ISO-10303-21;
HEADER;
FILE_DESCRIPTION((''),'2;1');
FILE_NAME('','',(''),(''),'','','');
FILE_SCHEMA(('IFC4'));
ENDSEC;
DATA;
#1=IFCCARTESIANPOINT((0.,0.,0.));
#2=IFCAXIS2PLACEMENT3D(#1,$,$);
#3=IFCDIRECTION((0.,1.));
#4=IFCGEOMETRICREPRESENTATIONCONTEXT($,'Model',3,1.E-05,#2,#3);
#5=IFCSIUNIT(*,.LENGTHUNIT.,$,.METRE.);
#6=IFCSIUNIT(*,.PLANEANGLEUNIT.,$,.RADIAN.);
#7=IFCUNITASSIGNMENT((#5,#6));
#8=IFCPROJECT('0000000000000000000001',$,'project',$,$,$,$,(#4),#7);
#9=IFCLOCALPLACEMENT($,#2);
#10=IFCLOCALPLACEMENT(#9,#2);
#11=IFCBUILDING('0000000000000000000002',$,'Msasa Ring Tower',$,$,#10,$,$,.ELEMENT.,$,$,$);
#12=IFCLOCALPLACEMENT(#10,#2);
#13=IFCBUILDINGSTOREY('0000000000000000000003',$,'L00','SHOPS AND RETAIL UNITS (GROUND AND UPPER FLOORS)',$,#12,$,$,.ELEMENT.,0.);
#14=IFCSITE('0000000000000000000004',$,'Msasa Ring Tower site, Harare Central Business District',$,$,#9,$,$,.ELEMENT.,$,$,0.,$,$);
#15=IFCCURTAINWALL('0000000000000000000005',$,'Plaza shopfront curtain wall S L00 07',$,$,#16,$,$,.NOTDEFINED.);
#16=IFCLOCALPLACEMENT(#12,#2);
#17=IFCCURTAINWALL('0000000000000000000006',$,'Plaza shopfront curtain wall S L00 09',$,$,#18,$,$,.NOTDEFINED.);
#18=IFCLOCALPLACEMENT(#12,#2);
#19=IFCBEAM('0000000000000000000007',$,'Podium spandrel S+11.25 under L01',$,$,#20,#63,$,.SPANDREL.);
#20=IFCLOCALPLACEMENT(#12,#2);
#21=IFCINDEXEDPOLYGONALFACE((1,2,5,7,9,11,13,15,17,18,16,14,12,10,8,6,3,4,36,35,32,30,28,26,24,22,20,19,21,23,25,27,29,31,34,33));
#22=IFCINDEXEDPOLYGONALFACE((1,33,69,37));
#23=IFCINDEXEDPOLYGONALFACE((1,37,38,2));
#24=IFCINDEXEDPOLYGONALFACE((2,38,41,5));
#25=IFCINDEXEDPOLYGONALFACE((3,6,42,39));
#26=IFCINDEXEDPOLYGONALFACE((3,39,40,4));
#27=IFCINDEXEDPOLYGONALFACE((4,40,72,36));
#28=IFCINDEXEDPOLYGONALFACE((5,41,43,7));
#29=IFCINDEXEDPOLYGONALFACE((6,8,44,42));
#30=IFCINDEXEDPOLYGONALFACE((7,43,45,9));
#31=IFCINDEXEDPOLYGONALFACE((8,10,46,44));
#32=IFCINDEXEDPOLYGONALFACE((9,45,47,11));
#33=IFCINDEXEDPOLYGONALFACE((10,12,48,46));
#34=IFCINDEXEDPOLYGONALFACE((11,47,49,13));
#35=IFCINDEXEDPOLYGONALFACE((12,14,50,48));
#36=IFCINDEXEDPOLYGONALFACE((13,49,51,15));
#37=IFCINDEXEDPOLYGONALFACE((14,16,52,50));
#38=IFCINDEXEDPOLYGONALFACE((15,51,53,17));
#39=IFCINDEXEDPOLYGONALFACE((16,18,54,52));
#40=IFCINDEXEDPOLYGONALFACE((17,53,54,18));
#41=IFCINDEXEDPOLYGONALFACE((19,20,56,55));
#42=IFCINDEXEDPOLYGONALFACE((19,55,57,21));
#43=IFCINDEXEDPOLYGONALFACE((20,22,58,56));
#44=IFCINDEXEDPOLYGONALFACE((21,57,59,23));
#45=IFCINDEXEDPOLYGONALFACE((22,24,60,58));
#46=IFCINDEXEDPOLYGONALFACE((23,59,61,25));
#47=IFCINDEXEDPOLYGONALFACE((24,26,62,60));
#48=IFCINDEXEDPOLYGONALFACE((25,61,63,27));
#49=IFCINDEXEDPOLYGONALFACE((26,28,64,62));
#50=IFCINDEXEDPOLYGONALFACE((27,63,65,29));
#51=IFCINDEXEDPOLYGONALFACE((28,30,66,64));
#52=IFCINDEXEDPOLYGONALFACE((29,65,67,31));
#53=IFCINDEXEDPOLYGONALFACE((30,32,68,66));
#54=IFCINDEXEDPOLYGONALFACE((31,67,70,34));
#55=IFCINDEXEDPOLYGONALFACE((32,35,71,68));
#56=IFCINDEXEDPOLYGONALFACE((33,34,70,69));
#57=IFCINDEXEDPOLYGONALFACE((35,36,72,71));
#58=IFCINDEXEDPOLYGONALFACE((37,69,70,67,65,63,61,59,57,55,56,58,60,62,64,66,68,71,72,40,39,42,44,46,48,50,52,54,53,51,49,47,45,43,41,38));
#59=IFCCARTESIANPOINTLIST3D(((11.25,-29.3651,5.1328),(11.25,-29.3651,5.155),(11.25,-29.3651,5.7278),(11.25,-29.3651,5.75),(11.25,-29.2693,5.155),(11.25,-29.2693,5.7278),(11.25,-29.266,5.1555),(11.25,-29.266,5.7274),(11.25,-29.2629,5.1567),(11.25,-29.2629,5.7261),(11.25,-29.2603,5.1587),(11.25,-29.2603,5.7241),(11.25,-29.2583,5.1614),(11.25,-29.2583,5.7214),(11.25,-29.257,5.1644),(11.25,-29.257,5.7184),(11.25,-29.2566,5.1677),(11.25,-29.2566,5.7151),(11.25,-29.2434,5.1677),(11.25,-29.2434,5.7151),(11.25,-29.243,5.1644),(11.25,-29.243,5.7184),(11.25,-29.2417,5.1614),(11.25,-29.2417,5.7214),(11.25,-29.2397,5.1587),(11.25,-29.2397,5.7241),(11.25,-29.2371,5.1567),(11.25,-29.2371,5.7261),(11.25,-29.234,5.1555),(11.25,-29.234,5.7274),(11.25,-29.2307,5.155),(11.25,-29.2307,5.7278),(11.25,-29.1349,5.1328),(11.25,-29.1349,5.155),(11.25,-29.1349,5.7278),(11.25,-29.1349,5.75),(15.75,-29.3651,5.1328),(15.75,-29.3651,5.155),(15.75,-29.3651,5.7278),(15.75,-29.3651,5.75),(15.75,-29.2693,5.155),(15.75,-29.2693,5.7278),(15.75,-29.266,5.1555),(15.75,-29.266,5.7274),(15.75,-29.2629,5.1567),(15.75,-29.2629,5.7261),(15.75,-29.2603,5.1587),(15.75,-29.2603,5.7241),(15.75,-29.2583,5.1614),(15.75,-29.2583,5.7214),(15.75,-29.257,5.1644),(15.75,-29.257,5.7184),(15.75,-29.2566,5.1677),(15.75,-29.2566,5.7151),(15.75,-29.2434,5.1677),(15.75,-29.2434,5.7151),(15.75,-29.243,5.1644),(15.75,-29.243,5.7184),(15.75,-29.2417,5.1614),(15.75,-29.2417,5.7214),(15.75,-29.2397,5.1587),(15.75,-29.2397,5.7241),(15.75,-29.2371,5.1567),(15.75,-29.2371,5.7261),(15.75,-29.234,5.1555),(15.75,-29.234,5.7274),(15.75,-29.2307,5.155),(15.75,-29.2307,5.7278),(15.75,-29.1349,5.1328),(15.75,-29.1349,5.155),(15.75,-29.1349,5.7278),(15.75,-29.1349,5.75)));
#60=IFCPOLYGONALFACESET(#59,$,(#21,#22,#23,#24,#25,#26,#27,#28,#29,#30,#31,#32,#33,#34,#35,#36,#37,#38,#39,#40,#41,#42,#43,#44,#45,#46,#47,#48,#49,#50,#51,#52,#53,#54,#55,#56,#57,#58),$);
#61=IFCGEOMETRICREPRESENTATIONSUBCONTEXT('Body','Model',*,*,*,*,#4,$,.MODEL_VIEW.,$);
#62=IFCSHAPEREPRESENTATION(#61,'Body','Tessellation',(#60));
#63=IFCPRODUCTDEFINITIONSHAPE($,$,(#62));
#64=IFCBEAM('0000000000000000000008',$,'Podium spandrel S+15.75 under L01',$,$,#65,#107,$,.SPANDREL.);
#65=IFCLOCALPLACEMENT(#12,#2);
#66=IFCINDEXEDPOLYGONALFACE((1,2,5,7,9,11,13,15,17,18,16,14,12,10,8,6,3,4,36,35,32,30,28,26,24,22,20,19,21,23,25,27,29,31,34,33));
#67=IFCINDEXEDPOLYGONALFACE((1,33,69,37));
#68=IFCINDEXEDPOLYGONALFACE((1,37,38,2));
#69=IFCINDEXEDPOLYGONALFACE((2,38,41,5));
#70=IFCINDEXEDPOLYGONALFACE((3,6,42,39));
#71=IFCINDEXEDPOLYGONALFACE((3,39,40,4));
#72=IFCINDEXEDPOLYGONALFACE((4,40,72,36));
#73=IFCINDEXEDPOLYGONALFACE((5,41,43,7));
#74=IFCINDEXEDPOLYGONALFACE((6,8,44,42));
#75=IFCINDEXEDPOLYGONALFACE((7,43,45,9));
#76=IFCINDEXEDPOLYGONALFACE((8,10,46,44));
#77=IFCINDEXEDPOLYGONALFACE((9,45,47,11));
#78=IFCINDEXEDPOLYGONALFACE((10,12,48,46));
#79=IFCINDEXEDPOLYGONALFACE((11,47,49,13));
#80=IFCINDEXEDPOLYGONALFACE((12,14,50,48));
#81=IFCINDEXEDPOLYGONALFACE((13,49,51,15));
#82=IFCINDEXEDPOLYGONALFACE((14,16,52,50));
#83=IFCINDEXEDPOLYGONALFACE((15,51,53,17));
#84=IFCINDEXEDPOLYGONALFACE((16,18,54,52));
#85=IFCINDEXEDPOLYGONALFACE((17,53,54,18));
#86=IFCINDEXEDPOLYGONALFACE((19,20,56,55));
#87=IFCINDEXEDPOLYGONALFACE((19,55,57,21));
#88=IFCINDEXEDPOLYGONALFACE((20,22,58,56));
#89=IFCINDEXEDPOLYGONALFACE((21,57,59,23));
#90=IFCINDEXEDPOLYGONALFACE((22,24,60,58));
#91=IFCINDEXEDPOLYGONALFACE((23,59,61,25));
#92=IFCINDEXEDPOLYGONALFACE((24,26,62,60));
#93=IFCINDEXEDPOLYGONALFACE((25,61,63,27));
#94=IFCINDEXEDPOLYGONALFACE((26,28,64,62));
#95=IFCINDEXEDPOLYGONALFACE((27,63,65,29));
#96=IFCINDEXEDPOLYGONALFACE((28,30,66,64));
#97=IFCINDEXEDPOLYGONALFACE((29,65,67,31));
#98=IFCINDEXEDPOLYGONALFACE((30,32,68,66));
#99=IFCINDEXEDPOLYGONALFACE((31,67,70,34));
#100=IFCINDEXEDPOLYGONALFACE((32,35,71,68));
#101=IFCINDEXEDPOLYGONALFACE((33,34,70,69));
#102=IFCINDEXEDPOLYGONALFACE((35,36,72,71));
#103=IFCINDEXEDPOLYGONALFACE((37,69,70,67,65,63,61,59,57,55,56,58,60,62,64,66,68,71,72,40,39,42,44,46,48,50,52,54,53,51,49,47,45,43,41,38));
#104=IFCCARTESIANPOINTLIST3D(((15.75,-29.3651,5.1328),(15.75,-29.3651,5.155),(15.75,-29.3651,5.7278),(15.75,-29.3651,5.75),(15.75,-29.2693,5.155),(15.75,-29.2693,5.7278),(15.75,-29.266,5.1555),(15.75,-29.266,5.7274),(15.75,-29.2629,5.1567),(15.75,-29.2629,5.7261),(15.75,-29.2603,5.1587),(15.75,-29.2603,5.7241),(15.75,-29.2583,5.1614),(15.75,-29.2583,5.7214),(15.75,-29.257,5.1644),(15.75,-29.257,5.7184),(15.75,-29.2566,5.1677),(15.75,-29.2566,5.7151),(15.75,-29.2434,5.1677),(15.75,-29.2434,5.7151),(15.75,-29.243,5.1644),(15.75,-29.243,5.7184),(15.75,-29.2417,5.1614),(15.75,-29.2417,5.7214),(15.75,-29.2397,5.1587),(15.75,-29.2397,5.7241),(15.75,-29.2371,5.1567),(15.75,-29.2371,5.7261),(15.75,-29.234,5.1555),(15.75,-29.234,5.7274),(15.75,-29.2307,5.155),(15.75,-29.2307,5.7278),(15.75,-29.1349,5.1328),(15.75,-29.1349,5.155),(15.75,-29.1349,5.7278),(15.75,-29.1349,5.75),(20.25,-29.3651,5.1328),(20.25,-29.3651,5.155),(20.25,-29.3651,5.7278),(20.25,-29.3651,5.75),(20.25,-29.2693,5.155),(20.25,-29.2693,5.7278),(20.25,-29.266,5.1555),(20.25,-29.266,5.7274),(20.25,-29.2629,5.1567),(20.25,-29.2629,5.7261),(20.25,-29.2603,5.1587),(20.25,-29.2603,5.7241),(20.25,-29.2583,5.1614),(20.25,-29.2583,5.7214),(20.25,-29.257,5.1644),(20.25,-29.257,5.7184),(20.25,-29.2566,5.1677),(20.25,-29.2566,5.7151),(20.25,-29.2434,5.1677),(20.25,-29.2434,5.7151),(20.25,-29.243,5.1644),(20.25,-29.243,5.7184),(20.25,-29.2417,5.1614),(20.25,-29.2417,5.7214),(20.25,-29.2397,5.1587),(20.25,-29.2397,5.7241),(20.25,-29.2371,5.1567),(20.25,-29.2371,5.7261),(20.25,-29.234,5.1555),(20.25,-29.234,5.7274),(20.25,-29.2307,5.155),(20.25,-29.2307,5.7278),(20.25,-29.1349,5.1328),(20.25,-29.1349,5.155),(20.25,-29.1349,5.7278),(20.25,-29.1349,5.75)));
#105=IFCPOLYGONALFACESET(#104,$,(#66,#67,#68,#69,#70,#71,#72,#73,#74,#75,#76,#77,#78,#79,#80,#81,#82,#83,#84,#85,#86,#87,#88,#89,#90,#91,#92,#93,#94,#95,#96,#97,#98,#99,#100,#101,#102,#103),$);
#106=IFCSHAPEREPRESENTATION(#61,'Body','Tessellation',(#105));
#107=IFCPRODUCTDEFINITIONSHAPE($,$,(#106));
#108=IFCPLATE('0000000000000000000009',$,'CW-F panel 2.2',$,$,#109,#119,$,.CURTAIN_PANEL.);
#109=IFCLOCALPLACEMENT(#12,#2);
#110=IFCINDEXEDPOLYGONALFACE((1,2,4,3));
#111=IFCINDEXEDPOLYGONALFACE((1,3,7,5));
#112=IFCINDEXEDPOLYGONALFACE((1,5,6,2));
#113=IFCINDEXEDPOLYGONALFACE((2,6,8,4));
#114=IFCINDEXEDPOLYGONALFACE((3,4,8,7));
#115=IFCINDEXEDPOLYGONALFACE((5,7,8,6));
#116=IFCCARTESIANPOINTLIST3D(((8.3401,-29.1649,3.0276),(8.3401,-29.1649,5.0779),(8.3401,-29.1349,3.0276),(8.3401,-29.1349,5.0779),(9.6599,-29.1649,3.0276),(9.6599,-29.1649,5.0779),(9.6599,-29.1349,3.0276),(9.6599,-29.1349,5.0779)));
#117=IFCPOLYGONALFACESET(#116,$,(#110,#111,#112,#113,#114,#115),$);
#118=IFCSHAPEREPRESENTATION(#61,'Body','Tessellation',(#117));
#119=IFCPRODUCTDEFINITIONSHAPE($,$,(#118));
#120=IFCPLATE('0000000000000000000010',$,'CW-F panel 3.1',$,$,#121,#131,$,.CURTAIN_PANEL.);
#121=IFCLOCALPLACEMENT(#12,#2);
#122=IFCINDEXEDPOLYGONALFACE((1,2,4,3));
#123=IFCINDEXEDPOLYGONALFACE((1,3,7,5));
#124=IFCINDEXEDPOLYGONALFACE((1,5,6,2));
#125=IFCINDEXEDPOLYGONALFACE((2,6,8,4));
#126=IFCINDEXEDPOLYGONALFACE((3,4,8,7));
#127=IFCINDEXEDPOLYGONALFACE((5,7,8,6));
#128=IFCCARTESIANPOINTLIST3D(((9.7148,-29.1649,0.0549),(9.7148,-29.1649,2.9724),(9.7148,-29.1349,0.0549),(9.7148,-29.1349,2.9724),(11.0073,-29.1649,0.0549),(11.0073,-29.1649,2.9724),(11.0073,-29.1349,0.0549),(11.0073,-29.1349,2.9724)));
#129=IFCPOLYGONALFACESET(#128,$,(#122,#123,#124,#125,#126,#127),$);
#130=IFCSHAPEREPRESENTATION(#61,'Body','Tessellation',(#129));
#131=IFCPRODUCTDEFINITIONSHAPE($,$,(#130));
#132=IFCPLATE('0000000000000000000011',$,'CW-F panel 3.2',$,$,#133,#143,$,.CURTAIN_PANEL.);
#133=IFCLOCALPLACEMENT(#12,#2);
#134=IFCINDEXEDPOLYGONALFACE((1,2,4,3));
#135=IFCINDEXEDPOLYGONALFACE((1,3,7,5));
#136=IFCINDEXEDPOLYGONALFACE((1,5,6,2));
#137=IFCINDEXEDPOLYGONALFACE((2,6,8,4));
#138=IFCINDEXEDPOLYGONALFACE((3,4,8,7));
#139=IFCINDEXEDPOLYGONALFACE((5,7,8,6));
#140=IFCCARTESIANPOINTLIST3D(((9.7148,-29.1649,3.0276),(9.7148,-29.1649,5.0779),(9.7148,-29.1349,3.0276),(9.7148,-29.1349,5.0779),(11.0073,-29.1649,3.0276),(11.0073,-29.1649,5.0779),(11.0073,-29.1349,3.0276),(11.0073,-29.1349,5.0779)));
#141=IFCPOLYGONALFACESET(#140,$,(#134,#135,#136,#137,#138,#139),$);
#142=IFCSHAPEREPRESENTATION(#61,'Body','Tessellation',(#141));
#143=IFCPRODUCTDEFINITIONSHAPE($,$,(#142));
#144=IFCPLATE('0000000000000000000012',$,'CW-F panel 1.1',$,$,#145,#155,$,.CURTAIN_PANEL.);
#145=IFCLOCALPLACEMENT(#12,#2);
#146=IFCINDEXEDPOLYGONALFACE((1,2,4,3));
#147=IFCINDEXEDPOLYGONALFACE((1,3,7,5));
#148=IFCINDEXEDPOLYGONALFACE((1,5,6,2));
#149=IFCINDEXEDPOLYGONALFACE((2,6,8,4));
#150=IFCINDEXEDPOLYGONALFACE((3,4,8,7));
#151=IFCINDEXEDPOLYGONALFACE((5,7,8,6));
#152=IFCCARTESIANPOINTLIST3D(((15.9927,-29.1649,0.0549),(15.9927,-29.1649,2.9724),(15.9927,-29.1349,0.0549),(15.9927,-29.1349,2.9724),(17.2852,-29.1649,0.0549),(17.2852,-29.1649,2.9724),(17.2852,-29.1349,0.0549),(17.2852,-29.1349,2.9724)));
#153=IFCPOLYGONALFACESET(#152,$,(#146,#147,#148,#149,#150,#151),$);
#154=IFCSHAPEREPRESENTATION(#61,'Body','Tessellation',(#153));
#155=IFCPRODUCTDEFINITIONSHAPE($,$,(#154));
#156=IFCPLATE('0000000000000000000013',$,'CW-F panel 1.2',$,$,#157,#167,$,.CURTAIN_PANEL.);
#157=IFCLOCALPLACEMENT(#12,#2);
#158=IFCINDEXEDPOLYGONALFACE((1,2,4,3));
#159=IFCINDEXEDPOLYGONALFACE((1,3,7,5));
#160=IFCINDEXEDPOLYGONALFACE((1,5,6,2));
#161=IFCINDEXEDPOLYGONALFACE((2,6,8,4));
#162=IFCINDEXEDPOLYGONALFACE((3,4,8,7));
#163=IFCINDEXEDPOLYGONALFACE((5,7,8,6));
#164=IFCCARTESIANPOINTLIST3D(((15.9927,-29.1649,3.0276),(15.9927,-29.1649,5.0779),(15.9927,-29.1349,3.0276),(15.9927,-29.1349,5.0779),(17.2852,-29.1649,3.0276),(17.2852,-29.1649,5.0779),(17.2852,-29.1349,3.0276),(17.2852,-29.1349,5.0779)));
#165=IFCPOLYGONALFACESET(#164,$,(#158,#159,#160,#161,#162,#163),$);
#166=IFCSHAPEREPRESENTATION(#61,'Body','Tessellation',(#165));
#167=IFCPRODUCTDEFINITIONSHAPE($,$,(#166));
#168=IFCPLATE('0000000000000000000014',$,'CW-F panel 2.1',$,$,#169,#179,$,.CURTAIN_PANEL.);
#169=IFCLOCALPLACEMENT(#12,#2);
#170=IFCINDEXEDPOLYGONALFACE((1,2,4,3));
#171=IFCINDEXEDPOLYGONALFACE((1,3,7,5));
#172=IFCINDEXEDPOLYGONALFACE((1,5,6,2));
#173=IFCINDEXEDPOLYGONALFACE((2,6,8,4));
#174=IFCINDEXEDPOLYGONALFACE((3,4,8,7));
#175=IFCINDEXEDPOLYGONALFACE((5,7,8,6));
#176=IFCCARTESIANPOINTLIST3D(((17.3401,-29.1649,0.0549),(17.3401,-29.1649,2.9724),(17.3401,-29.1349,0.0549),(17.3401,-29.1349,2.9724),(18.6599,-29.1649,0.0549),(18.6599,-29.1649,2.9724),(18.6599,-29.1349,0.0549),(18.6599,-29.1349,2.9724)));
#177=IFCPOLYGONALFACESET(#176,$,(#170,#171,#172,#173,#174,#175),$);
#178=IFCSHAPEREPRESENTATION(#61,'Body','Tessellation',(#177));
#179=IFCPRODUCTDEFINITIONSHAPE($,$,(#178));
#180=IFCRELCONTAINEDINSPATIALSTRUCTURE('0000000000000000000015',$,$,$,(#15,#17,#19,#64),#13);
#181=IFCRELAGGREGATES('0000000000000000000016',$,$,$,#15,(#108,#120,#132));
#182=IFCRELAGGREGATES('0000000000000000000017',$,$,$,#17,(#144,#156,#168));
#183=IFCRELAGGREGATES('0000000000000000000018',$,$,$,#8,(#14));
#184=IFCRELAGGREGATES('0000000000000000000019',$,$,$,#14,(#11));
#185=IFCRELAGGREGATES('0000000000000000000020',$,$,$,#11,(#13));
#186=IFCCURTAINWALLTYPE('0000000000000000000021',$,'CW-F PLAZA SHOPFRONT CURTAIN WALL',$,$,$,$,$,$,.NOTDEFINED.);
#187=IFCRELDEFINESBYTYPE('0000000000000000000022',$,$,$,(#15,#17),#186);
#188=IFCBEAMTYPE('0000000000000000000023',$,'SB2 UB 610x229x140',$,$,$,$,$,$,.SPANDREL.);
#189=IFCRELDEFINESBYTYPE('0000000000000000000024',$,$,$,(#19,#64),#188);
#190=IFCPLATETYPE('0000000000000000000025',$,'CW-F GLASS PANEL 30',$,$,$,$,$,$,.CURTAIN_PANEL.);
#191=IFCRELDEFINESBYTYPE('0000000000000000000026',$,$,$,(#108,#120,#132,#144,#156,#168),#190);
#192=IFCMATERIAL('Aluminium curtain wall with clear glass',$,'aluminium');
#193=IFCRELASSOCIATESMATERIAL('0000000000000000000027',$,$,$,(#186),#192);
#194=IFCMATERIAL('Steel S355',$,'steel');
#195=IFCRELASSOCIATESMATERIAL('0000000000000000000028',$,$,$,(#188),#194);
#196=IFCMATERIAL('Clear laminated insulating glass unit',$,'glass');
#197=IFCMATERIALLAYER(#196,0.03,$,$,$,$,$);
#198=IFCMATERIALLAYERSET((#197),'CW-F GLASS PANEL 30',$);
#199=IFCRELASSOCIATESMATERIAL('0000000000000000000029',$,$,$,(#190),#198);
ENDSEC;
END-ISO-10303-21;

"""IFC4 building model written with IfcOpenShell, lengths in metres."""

from ifc_helpers import new_model, si_unit, direction, frame, origin, origin_2d, place, context, subcontext, project, spatial, rectangle, i_section, extrude, material, layer, layer_set, material_profile, profile_set, type_object, element, aggregate, save


model = new_model("IFC4")

# Units and contexts
model_context = context("Model", 3, precision=1e-05, world=origin(), true_north=direction((0.0, 1.0)))
body_context = subcontext(model_context, "Body", "Model", "MODEL_VIEW")
ifc_project = project(units=[si_unit("LENGTHUNIT", "METRE"), si_unit("PLANEANGLEUNIT", "RADIAN")], contexts=[model_context])

# Site, building, storey
site_placement = place(None, origin())
site = spatial("IfcSite", under=ifc_project, at=site_placement, Name="Msasa Ring Tower site, Harare Central Business District", CompositionType="ELEMENT", RefElevation=0.0)
building_placement = place(site_placement, origin())
building = spatial("IfcBuilding", under=site, at=building_placement, Name="Msasa Ring Tower", CompositionType="ELEMENT")
storey_placement = place(building_placement, origin())
storey = spatial("IfcBuildingStorey", under=building, at=storey_placement, Name="L00", Description="SHOPS AND RETAIL UNITS (GROUND AND UPPER FLOORS)", CompositionType="ELEMENT", Elevation=0.0)

# Curtain walls
ifc_material_1 = material(Name="Aluminium curtain wall with clear glass", Category="aluminium")
curtain_wall_type = type_object("IfcCurtainWallType", Name="CW-F PLAZA SHOPFRONT CURTAIN WALL", PredefinedType="NOTDEFINED", material=ifc_material_1)
curtain_wall_1_placement = place(storey_placement, origin())
curtain_wall_1 = element("IfcCurtainWall", 1, at=curtain_wall_1_placement, inside=storey, type_object=curtain_wall_type, Name="Plaza shopfront curtain wall S L00 07", PredefinedType="NOTDEFINED")
curtain_wall_2_placement = place(storey_placement, origin())
curtain_wall_2 = element("IfcCurtainWall", 2, at=curtain_wall_2_placement, inside=storey, type_object=curtain_wall_type, Name="Plaza shopfront curtain wall S L00 09", PredefinedType="NOTDEFINED")

# Beams
ifc_material_2 = material(Name="Steel S355", Category="steel")
ifc_material_profile_1 = material_profile(ifc_material_2, i_section(OverallWidth=0.2302, OverallDepth=0.6172, WebThickness=0.0132, FlangeThickness=0.0222, FilletRadius=0.0127, at=origin_2d()), Name="UB 610x229x140")
ifc_profile_set_1 = profile_set([ifc_material_profile_1], Name="Steel S355")
beam_type_1 = type_object("IfcBeamType", Name="SB2 UB 610x229x140", PredefinedType="SPANDREL", material=ifc_profile_set_1)
for number, where, z_axis, x_axis, name in (
    (3, (11.25, -29.25, 5.4414), (1.0, 0.0, 0.0), (0.0, 1.0, 0.0), "Podium spandrel S+11.25 under L01"),
    (4, (15.75, -29.25, 5.4414), (1.0, 0.0, 0.0), (0.0, 1.0, 0.0), "Podium spandrel S+15.75 under L01"),
):
    element("IfcBeam", number, at=place(storey_placement, frame(where, z_axis=z_axis, x_axis=x_axis)), inside=storey, type_object=beam_type_1, Name=name, PredefinedType="SPANDREL", context=body_context, shape_type="SweptSolid", body=[
        extrude(i_section(OverallWidth=0.2302, OverallDepth=0.6172, WebThickness=0.0132, FlangeThickness=0.0222, FilletRadius=0.0127, at=origin_2d()), origin(), (0.0, 0.0, 1.0), 4.5),
    ])

# Plates
ifc_material_3 = material(Name="Clear laminated insulating glass unit", Category="glass")
ifc_layer_1 = layer(ifc_material_3, 0.03)
ifc_layer_set_1 = layer_set([ifc_layer_1], Name="CW-F GLASS PANEL 30")
plate_type = type_object("IfcPlateType", Name="CW-F GLASS PANEL 30", PredefinedType="CURTAIN_PANEL", material=ifc_layer_set_1)
plate_1_placement = place(storey_placement, frame((9.0, -29.1499, 3.0276), z_axis=(0.0, 0.0, 1.0), x_axis=(1.0, 0.0, 0.0)))
plate_1 = element("IfcPlate", 5, at=plate_1_placement, type_object=plate_type, Name="CW-F panel 2.2", PredefinedType="CURTAIN_PANEL", context=body_context, shape_type="SweptSolid", body=[
    extrude(rectangle(XDim=1.3198, YDim=0.03, at=origin_2d()), origin(), (0.0, 0.0, 1.0), 2.0503),
])
plate_2_placement = place(storey_placement, frame((10.3611, -29.1499, 0.0549), z_axis=(0.0, 0.0, 1.0), x_axis=(1.0, 0.0, 0.0)))
plate_2 = element("IfcPlate", 6, at=plate_2_placement, type_object=plate_type, Name="CW-F panel 3.1", PredefinedType="CURTAIN_PANEL", context=body_context, shape_type="SweptSolid", body=[
    extrude(rectangle(XDim=1.2925, YDim=0.03, at=origin_2d()), origin(), (0.0, 0.0, 1.0), 2.9175),
])
plate_3_placement = place(storey_placement, frame((10.3611, -29.1499, 3.0276), z_axis=(0.0, 0.0, 1.0), x_axis=(1.0, 0.0, 0.0)))
plate_3 = element("IfcPlate", 7, at=plate_3_placement, type_object=plate_type, Name="CW-F panel 3.2", PredefinedType="CURTAIN_PANEL", context=body_context, shape_type="SweptSolid", body=[
    extrude(rectangle(XDim=1.2925, YDim=0.03, at=origin_2d()), origin(), (0.0, 0.0, 1.0), 2.0503),
])
aggregate(curtain_wall_1, [plate_1, plate_2, plate_3])
plate_4_placement = place(storey_placement, frame((16.6389, -29.1499, 0.0549), z_axis=(0.0, 0.0, 1.0), x_axis=(1.0, 0.0, 0.0)))
plate_4 = element("IfcPlate", 8, at=plate_4_placement, type_object=plate_type, Name="CW-F panel 1.1", PredefinedType="CURTAIN_PANEL", context=body_context, shape_type="SweptSolid", body=[
    extrude(rectangle(XDim=1.2925, YDim=0.03, at=origin_2d()), origin(), (0.0, 0.0, 1.0), 2.9175),
])
plate_5_placement = place(storey_placement, frame((16.6389, -29.1499, 3.0276), z_axis=(0.0, 0.0, 1.0), x_axis=(1.0, 0.0, 0.0)))
plate_5 = element("IfcPlate", 9, at=plate_5_placement, type_object=plate_type, Name="CW-F panel 1.2", PredefinedType="CURTAIN_PANEL", context=body_context, shape_type="SweptSolid", body=[
    extrude(rectangle(XDim=1.2925, YDim=0.03, at=origin_2d()), origin(), (0.0, 0.0, 1.0), 2.0503),
])
plate_6_placement = place(storey_placement, frame((18.0, -29.1499, 0.0549), z_axis=(0.0, 0.0, 1.0), x_axis=(1.0, 0.0, 0.0)))
plate_6 = element("IfcPlate", 10, at=plate_6_placement, type_object=plate_type, Name="CW-F panel 2.1", PredefinedType="CURTAIN_PANEL", context=body_context, shape_type="SweptSolid", body=[
    extrude(rectangle(XDim=1.3198, YDim=0.03, at=origin_2d()), origin(), (0.0, 0.0, 1.0), 2.9175),
])
aggregate(curtain_wall_2, [plate_4, plate_5, plate_6])

save(model, "model.ifc")
